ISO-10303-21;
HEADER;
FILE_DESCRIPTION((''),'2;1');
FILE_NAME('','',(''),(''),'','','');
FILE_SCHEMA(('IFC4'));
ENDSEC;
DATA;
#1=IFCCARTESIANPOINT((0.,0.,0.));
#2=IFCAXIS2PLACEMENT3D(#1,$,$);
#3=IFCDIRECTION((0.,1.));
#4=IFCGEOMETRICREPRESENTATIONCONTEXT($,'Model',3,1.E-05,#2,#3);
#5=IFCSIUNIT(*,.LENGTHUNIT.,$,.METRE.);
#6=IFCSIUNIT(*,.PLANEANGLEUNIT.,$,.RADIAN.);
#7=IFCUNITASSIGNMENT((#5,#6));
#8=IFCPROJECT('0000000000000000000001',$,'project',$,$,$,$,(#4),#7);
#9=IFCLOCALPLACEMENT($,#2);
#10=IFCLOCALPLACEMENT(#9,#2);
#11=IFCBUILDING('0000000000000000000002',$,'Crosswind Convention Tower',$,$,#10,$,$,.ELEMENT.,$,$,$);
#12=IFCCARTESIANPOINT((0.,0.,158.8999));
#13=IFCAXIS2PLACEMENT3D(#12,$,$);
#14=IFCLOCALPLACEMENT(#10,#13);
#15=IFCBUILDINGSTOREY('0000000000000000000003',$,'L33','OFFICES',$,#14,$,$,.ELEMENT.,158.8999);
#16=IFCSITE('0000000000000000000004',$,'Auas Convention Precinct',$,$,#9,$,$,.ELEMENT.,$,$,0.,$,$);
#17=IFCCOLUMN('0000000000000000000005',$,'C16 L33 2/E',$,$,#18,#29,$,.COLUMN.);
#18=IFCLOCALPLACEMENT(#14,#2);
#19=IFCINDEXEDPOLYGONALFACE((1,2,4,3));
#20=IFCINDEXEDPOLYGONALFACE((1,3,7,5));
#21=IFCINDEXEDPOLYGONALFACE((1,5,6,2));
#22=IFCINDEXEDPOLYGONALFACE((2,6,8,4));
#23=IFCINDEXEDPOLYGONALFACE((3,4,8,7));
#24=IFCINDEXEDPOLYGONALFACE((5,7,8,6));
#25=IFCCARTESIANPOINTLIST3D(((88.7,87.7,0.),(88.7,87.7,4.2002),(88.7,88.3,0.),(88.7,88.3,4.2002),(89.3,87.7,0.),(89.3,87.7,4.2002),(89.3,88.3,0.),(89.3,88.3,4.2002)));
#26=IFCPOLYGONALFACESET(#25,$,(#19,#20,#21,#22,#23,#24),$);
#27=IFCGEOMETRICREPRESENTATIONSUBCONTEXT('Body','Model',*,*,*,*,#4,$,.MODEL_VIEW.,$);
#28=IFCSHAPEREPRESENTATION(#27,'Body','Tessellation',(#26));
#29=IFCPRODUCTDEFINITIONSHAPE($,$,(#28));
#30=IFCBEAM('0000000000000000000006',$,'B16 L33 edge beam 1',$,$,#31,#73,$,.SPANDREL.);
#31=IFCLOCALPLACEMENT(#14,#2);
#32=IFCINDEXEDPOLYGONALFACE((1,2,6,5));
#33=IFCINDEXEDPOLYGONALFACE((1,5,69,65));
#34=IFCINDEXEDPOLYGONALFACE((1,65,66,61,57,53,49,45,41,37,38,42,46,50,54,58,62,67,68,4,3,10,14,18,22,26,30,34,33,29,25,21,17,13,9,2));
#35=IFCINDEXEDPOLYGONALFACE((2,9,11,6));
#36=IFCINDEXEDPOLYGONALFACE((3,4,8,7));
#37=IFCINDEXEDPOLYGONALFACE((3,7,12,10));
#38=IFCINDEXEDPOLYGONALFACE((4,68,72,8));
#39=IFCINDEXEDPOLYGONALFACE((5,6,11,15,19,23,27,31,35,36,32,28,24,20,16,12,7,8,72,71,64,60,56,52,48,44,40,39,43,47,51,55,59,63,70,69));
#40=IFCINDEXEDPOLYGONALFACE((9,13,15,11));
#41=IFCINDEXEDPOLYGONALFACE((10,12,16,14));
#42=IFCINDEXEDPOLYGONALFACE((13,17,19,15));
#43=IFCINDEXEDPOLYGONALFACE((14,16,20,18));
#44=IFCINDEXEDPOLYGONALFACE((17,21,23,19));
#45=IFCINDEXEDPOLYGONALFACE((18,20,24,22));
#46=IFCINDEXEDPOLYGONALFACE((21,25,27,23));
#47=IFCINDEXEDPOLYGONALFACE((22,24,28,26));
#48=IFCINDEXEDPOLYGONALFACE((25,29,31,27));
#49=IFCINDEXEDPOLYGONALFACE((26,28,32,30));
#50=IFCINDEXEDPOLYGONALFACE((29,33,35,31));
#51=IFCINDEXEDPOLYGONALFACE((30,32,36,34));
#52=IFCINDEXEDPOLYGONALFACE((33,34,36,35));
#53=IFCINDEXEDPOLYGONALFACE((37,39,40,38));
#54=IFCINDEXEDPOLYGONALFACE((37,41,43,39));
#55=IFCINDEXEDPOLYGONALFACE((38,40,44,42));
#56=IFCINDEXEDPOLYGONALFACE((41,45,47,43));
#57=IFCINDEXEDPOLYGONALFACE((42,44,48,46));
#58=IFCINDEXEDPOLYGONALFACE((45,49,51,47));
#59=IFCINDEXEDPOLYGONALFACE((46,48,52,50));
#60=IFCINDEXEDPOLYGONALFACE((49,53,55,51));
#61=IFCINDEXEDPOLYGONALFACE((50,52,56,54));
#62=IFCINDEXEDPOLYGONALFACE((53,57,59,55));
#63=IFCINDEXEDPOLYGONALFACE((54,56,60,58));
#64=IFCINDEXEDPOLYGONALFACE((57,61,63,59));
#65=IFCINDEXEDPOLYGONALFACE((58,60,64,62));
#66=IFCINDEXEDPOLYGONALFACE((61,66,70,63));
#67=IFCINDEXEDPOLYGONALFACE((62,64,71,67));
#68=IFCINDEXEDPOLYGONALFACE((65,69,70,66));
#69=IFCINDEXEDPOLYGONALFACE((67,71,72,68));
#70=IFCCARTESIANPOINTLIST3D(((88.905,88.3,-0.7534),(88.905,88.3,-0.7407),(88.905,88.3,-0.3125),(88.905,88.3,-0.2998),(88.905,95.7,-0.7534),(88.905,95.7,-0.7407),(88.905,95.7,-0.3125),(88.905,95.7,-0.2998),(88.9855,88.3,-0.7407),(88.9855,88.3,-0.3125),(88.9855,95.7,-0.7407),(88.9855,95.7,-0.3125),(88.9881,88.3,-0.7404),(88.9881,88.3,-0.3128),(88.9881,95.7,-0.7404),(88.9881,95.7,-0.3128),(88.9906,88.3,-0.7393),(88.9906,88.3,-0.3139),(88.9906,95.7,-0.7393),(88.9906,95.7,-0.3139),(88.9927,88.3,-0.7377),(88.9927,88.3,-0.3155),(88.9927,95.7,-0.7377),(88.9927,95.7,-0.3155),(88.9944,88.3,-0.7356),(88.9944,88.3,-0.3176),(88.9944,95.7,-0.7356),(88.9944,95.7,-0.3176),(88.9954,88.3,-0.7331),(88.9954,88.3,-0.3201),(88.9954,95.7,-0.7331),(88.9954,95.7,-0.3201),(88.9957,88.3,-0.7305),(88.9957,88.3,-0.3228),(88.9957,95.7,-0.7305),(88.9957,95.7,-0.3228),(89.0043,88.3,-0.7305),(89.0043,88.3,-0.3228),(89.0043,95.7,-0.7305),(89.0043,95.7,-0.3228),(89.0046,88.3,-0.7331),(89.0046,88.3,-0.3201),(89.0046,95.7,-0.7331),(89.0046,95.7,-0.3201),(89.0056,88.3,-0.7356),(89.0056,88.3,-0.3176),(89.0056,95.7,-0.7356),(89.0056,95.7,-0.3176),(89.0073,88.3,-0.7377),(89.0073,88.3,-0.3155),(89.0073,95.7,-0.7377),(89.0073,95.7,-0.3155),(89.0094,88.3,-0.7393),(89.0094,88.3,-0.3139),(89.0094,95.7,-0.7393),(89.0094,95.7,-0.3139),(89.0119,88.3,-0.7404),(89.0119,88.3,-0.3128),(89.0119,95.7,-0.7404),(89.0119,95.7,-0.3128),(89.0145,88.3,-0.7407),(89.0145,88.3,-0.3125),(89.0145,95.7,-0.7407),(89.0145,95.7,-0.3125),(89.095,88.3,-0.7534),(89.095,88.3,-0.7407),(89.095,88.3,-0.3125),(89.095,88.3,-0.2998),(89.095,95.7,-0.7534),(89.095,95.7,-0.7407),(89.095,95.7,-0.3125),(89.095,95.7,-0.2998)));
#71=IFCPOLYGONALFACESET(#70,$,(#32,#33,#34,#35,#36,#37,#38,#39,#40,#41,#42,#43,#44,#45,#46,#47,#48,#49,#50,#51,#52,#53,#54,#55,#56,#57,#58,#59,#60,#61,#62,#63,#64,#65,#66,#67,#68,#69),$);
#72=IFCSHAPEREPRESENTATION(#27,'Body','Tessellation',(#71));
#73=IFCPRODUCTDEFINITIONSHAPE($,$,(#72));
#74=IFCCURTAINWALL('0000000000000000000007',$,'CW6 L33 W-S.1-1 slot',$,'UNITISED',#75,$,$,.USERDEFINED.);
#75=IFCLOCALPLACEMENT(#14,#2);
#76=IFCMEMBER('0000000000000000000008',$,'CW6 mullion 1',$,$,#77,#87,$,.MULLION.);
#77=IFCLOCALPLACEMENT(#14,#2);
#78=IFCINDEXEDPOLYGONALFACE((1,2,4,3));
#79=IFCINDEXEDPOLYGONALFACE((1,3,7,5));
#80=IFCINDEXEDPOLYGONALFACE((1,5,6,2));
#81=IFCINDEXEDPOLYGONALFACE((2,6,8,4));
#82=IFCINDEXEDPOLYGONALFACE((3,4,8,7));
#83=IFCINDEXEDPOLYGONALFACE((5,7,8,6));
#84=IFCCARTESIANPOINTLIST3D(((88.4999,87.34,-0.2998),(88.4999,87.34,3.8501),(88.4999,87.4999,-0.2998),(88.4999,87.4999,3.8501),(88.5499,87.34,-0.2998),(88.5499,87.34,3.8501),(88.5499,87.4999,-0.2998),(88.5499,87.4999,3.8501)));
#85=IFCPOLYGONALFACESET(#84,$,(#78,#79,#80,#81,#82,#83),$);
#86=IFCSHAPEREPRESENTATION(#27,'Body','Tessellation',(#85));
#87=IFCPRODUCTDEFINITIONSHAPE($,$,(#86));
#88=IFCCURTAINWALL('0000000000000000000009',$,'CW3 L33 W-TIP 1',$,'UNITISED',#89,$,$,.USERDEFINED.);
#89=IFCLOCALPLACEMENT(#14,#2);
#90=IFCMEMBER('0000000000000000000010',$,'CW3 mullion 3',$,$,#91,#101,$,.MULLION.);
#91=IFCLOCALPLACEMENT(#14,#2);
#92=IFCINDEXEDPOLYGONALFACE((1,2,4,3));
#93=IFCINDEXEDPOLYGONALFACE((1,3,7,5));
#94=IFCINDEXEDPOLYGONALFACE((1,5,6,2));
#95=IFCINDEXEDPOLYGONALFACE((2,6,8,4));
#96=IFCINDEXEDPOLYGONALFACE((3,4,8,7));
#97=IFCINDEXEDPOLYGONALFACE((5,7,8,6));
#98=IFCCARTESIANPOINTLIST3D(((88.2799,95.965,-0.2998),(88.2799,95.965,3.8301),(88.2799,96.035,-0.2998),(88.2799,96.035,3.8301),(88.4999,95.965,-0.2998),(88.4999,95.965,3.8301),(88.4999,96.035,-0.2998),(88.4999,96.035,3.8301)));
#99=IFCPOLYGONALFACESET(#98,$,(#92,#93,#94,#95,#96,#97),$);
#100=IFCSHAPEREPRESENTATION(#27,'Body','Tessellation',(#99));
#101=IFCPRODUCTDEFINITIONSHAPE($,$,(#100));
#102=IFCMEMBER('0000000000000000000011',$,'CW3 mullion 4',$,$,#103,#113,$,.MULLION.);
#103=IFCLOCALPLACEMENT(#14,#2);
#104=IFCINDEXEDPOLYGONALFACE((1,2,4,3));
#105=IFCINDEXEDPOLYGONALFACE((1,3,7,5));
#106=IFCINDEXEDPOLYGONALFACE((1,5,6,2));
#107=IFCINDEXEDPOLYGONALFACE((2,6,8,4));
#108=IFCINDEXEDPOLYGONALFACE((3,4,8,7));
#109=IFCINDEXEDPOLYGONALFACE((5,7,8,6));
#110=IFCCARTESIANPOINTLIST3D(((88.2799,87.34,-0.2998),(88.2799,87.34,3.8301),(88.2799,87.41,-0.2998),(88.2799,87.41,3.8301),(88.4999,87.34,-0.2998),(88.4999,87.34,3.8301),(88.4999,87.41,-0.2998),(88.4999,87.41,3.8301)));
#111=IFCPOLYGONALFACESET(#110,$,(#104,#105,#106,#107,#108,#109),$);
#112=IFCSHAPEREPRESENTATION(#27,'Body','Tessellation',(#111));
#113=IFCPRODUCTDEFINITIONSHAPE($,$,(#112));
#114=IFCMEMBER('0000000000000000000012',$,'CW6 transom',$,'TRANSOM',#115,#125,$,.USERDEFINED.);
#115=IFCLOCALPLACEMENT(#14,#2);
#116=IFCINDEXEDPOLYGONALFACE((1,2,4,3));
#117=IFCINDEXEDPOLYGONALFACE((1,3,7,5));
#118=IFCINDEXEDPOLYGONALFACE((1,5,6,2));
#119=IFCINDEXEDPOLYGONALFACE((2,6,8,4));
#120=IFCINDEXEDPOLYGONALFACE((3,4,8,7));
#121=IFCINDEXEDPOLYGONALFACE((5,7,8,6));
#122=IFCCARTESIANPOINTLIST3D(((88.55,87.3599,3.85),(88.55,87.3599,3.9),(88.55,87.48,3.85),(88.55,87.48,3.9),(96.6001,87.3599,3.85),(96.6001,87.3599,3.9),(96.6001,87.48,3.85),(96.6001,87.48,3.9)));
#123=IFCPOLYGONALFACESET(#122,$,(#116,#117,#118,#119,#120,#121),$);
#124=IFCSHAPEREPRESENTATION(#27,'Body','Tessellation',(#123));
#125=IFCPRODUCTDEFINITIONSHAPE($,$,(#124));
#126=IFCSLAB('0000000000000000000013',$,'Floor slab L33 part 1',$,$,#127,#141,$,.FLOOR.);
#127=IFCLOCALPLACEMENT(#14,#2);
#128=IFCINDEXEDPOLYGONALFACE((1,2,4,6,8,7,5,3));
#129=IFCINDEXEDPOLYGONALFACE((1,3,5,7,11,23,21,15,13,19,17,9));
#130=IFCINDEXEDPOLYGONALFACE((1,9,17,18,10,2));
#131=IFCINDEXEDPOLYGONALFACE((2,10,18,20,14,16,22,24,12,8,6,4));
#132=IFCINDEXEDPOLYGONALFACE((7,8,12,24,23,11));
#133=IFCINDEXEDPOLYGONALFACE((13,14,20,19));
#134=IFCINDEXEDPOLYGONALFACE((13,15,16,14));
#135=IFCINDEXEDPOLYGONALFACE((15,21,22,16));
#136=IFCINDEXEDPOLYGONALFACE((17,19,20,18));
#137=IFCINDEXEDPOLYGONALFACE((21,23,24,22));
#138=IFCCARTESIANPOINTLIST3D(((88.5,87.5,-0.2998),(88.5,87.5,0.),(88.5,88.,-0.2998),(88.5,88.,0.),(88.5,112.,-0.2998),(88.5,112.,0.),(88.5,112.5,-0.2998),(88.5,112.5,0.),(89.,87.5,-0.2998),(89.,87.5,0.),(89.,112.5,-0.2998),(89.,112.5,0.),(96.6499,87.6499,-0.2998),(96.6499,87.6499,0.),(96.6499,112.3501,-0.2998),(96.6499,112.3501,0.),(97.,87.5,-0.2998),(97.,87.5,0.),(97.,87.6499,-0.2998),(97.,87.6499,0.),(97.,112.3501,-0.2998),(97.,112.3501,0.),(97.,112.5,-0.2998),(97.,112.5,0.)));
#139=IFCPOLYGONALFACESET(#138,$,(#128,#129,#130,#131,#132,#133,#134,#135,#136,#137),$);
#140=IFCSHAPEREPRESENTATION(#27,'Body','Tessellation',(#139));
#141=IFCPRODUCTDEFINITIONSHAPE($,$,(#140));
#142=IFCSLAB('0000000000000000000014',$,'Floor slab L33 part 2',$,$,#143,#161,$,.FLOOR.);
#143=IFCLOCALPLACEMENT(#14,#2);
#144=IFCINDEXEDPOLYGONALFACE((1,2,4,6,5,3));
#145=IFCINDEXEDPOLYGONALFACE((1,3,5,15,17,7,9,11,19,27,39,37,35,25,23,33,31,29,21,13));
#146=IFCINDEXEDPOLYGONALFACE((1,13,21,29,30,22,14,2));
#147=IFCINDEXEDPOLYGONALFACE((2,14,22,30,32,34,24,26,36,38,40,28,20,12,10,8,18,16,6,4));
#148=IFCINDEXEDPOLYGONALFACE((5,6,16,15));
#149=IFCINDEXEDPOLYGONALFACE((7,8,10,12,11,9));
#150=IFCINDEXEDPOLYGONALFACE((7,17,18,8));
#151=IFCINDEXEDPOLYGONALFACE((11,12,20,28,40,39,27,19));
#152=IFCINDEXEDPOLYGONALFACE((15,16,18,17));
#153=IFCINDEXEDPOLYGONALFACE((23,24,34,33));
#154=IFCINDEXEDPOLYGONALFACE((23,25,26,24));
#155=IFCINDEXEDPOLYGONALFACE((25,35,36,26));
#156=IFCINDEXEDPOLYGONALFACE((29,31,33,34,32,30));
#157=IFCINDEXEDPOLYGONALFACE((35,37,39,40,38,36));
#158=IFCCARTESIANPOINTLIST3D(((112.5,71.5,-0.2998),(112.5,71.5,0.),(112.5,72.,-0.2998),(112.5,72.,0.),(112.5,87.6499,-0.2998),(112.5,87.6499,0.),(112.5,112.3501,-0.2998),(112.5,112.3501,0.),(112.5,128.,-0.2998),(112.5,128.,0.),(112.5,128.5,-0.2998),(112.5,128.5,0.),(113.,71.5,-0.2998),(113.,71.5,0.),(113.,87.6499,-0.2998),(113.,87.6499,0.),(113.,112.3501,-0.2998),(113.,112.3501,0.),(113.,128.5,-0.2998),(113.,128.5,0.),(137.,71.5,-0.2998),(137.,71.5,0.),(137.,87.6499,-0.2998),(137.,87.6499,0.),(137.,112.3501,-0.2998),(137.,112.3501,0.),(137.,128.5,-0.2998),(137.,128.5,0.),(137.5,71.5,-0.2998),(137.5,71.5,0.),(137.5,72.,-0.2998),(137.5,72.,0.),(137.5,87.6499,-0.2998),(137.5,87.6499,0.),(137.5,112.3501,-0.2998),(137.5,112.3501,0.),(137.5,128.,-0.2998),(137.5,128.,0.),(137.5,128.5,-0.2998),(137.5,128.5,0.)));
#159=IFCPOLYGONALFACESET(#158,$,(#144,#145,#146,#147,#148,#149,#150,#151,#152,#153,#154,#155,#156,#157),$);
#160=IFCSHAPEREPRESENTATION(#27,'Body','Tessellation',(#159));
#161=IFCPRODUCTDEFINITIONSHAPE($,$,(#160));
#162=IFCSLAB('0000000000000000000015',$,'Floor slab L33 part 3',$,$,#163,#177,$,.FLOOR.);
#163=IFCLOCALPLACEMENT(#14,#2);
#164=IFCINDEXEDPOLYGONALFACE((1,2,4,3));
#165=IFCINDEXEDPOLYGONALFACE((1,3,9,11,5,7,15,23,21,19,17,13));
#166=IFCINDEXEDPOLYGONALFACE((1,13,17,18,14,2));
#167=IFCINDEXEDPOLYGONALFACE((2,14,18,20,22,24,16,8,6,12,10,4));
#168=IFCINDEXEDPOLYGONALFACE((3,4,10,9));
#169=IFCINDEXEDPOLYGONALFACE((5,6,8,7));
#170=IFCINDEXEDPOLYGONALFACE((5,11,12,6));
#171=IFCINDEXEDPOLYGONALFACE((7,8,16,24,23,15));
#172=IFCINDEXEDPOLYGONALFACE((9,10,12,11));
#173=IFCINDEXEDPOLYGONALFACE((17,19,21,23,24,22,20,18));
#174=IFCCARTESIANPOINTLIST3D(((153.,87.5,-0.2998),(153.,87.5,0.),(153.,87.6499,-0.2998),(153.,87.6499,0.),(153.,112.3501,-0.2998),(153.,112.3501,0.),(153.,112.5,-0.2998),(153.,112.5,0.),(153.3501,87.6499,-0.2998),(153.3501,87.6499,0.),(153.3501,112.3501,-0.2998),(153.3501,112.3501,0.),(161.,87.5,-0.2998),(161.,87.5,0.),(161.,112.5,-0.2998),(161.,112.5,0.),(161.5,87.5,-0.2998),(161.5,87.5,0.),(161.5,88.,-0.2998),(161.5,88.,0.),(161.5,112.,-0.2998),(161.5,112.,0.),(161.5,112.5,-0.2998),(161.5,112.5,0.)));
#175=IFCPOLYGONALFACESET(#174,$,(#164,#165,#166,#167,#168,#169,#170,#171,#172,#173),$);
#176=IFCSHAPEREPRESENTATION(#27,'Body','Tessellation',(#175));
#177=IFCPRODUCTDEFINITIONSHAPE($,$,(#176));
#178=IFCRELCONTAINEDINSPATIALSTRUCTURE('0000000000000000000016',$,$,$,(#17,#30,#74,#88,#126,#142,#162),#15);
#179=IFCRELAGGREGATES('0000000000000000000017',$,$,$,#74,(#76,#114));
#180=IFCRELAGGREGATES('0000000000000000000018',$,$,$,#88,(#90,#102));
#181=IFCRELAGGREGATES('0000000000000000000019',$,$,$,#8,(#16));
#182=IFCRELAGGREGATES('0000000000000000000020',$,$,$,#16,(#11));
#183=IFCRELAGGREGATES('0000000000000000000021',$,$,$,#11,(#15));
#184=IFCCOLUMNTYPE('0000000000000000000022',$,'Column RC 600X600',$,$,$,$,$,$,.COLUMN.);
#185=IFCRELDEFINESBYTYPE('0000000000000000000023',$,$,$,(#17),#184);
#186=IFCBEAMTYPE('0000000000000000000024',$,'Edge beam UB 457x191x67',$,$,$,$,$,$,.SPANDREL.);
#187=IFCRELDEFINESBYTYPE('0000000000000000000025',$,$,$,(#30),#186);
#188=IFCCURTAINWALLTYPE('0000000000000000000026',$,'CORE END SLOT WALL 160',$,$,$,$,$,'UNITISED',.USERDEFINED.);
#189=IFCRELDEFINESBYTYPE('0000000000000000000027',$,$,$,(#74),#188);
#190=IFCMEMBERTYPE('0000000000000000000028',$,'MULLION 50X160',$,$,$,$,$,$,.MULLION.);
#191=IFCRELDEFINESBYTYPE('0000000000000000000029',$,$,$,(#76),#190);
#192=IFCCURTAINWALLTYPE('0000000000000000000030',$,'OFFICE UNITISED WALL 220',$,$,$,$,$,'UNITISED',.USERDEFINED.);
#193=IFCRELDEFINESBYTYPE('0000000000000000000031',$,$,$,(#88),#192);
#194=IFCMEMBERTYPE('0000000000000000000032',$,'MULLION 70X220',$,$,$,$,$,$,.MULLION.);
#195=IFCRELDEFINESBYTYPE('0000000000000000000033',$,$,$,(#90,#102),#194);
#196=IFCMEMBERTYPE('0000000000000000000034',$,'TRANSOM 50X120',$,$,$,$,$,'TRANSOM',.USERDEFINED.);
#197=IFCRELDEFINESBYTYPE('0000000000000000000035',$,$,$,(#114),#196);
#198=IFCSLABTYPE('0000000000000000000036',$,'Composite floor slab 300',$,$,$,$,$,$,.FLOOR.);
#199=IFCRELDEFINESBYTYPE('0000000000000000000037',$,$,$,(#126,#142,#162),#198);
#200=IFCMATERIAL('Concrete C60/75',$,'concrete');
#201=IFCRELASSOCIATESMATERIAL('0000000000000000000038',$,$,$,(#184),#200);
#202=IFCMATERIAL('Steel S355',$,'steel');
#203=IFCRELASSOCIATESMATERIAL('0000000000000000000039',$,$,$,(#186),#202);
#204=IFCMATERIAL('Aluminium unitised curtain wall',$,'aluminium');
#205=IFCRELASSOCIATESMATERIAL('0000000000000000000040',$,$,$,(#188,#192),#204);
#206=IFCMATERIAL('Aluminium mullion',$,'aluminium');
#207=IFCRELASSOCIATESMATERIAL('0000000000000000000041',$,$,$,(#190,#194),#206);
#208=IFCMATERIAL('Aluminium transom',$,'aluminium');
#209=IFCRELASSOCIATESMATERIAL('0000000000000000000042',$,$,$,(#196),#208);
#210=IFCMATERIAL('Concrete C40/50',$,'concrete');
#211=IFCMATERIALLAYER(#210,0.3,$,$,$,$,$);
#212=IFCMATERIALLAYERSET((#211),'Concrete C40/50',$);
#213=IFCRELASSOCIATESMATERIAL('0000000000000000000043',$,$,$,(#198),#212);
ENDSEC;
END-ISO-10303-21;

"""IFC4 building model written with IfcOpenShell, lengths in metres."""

from ifc_helpers import new_model, si_unit, direction, frame, origin, origin_2d, place, context, subcontext, project, spatial, polyline, rectangle, i_section, outline, extrude, material, layer, layer_set, material_profile, profile_set, type_object, element, aggregate, save


model = new_model("IFC4")

# Units and contexts
model_context = context("Model", 3, precision=1e-05, world=origin(), true_north=direction((0.0, 1.0)))
body_context = subcontext(model_context, "Body", "Model", "MODEL_VIEW")
ifc_project = project(units=[si_unit("LENGTHUNIT", "METRE"), si_unit("PLANEANGLEUNIT", "RADIAN")], contexts=[model_context])

# Site, building, storey
site_placement = place(None, origin())
site = spatial("IfcSite", under=ifc_project, at=site_placement, Name="Auas Convention Precinct", CompositionType="ELEMENT", RefElevation=0.0)
building_placement = place(site_placement, origin())
building = spatial("IfcBuilding", under=site, at=building_placement, Name="Crosswind Convention Tower", CompositionType="ELEMENT")
storey_placement = place(building_placement, frame((0.0, 0.0, 158.8999)))
storey = spatial("IfcBuildingStorey", under=building, at=storey_placement, Name="L33", Description="OFFICES", CompositionType="ELEMENT", Elevation=158.8999)

# Column
ifc_material_1 = material(Name="Concrete C60/75", Category="concrete")
ifc_material_profile_1 = material_profile(ifc_material_1, rectangle(XDim=0.6001, YDim=0.6001, at=origin_2d()), Name="RC 600X600")
ifc_profile_set_1 = profile_set([ifc_material_profile_1], Name="Concrete C60/75")
column_type = type_object("IfcColumnType", Name="Column RC 600X600", PredefinedType="COLUMN", material=ifc_profile_set_1)
column_placement = place(storey_placement, frame((89.0, 88.0, 0.0), z_axis=(0.0, 0.0, 1.0), x_axis=(1.0, 0.0, 0.0)))
element("IfcColumn", 1, at=column_placement, inside=storey, type_object=column_type, Name="C16 L33 2/E", PredefinedType="COLUMN", context=body_context, shape_type="SweptSolid", body=[
    extrude(rectangle(XDim=0.6001, YDim=0.6001, at=origin_2d()), origin(), (0.0, 0.0, 1.0), 4.2002),
])

# Beam
ifc_material_2 = material(Name="Steel S355", Category="steel")
ifc_material_profile_2 = material_profile(ifc_material_2, i_section(OverallWidth=0.1899, OverallDepth=0.4536, WebThickness=0.0085, FlangeThickness=0.0127, FilletRadius=0.0103, at=origin_2d()), Name="UB 457x191x67")
ifc_profile_set_2 = profile_set([ifc_material_profile_2], Name="Steel S355")
beam_type = type_object("IfcBeamType", Name="Edge beam UB 457x191x67", PredefinedType="SPANDREL", material=ifc_profile_set_2)
beam_placement = place(storey_placement, frame((89.0, 88.3, -0.5266), z_axis=(0.0, 1.0, 0.0), x_axis=(-1.0, 0.0, 0.0)))
element("IfcBeam", 2, at=beam_placement, inside=storey, type_object=beam_type, Name="B16 L33 edge beam 1", PredefinedType="SPANDREL", context=body_context, shape_type="SweptSolid", body=[
    extrude(i_section(OverallWidth=0.1899, OverallDepth=0.4536, WebThickness=0.0085, FlangeThickness=0.0127, FilletRadius=0.0103, at=origin_2d()), origin(), (0.0, 0.0, 1.0), 7.3999),
])

# Curtain wall, member
ifc_material_3 = material(Name="Aluminium unitised curtain wall", Category="aluminium")
curtain_wall_type_1 = type_object("IfcCurtainWallType", Name="CORE END SLOT WALL 160", ElementType="UNITISED", PredefinedType="USERDEFINED", material=ifc_material_3)
curtain_wall_1_placement = place(storey_placement, origin())
curtain_wall_1 = element("IfcCurtainWall", 3, at=curtain_wall_1_placement, inside=storey, type_object=curtain_wall_type_1, Name="CW6 L33 W-S.1-1 slot", ObjectType="UNITISED", PredefinedType="USERDEFINED")
ifc_material_4 = material(Name="Aluminium mullion", Category="aluminium")
ifc_material_profile_3 = material_profile(ifc_material_4, rectangle(XDim=0.1599, YDim=0.05, at=origin_2d()), Name="AL 160X50")
ifc_profile_set_3 = profile_set([ifc_material_profile_3], Name="Aluminium mullion")
member_type_1 = type_object("IfcMemberType", Name="MULLION 50X160", PredefinedType="MULLION", material=ifc_profile_set_3)
member_1_placement = place(storey_placement, frame((88.5249, 87.4199, -0.2998), z_axis=(0.0, 0.0, 1.0), x_axis=(0.0, -1.0, 0.0)))
member_1 = element("IfcMember", 4, at=member_1_placement, type_object=member_type_1, Name="CW6 mullion 1", PredefinedType="MULLION", context=body_context, shape_type="SweptSolid", body=[
    extrude(rectangle(XDim=0.1599, YDim=0.05, at=origin_2d()), origin(), (0.0, 0.0, 1.0), 4.1499),
])

# Curtain wall, members
curtain_wall_type_2 = type_object("IfcCurtainWallType", Name="OFFICE UNITISED WALL 220", ElementType="UNITISED", PredefinedType="USERDEFINED", material=ifc_material_3)
curtain_wall_2_placement = place(storey_placement, origin())
curtain_wall_2 = element("IfcCurtainWall", 5, at=curtain_wall_2_placement, inside=storey, type_object=curtain_wall_type_2, Name="CW3 L33 W-TIP 1", ObjectType="UNITISED", PredefinedType="USERDEFINED")
ifc_material_profile_4 = material_profile(ifc_material_4, rectangle(XDim=0.22, YDim=0.0701, at=origin_2d()), Name="AL 220X70")
ifc_profile_set_4 = profile_set([ifc_material_profile_4], Name="Aluminium mullion")
member_type_2 = type_object("IfcMemberType", Name="MULLION 70X220", PredefinedType="MULLION", material=ifc_profile_set_4)
member_2_placement = place(storey_placement, frame((88.3899, 96.0, -0.2998), z_axis=(0.0, 0.0, 1.0), x_axis=(-1.0, 0.0, 0.0)))
member_2 = element("IfcMember", 6, at=member_2_placement, type_object=member_type_2, Name="CW3 mullion 3", PredefinedType="MULLION", context=body_context, shape_type="SweptSolid", body=[
    extrude(rectangle(XDim=0.22, YDim=0.0701, at=origin_2d()), origin(), (0.0, 0.0, 1.0), 4.1299),
])
member_3_placement = place(storey_placement, frame((88.3899, 87.375, -0.2998), z_axis=(0.0, 0.0, 1.0), x_axis=(-1.0, 0.0, 0.0)))
member_3 = element("IfcMember", 7, at=member_3_placement, type_object=member_type_2, Name="CW3 mullion 4", PredefinedType="MULLION", context=body_context, shape_type="SweptSolid", body=[
    extrude(rectangle(XDim=0.22, YDim=0.0701, at=origin_2d()), origin(), (0.0, 0.0, 1.0), 4.1299),
])

# Member
ifc_material_5 = material(Name="Aluminium transom", Category="aluminium")
ifc_material_profile_5 = material_profile(ifc_material_5, rectangle(XDim=0.1201, YDim=0.05, at=origin_2d()), Name="AL 120X50")
ifc_profile_set_5 = profile_set([ifc_material_profile_5], Name="Aluminium transom")
member_type_3 = type_object("IfcMemberType", Name="TRANSOM 50X120", ElementType="TRANSOM", PredefinedType="USERDEFINED", material=ifc_profile_set_5)
member_4_placement = place(storey_placement, frame((88.55, 87.4199, 3.875), z_axis=(1.0, 0.0, 0.0), x_axis=(0.0, 1.0, 0.0)))
member_4 = element("IfcMember", 8, at=member_4_placement, type_object=member_type_3, Name="CW6 transom", ObjectType="TRANSOM", PredefinedType="USERDEFINED", context=body_context, shape_type="SweptSolid", body=[
    extrude(rectangle(XDim=0.1201, YDim=0.05, at=origin_2d()), origin(), (0.0, 0.0, 1.0), 8.05),
])

# Slabs
ifc_material_6 = material(Name="Concrete C40/50", Category="concrete")
ifc_layer_1 = layer(ifc_material_6, 0.3)
ifc_layer_set_1 = layer_set([ifc_layer_1], Name="Concrete C40/50")
slab_type_1 = type_object("IfcSlabType", Name="Composite floor slab 300", PredefinedType="FLOOR", material=ifc_layer_set_1)
slab_1_placement = place(storey_placement, frame((0.0, 0.0, -0.2998)))
element("IfcSlab", 9, at=slab_1_placement, inside=storey, type_object=slab_type_1, Name="Floor slab L33 part 1", PredefinedType="FLOOR", context=body_context, shape_type="SweptSolid", body=[
    extrude(outline(polyline([(97.0, 87.5), (89.0, 87.5), (88.5, 87.5), (88.5, 88.0), (88.5, 112.0), (88.5, 112.5), (89.0, 112.5), (97.0, 112.5), (97.0, 112.3501), (96.6499, 112.3501), (96.6499, 87.6499), (97.0, 87.6499), (97.0, 87.5)])), origin(), (0.0, 0.0, 1.0), 0.2998),
])
slab_2_placement = place(storey_placement, frame((0.0, 0.0, -0.2998)))
element("IfcSlab", 10, at=slab_2_placement, inside=storey, type_object=slab_type_1, Name="Floor slab L33 part 2", PredefinedType="FLOOR", context=body_context, shape_type="SweptSolid", body=[
    extrude(outline(polyline([(112.5, 87.6499), (113.0, 87.6499), (113.0, 112.3501), (112.5, 112.3501), (112.5, 128.0), (112.5, 128.5), (113.0, 128.5), (137.0, 128.5), (137.5, 128.5), (137.5, 128.0), (137.5, 112.3501), (137.0, 112.3501), (137.0, 87.6499), (137.5, 87.6499), (137.5, 72.0), (137.5, 71.5), (137.0, 71.5), (113.0, 71.5), (112.5, 71.5), (112.5, 72.0), (112.5, 87.6499)])), origin(), (0.0, 0.0, 1.0), 0.2998),
])
slab_3_placement = place(storey_placement, frame((0.0, 0.0, -0.2998)))
element("IfcSlab", 11, at=slab_3_placement, inside=storey, type_object=slab_type_1, Name="Floor slab L33 part 3", PredefinedType="FLOOR", context=body_context, shape_type="SweptSolid", body=[
    extrude(outline(polyline([(153.0, 112.5), (161.0, 112.5), (161.5, 112.5), (161.5, 112.0), (161.5, 88.0), (161.5, 87.5), (161.0, 87.5), (153.0, 87.5), (153.0, 87.6499), (153.3501, 87.6499), (153.3501, 112.3501), (153.0, 112.3501), (153.0, 112.5)])), origin(), (0.0, 0.0, 1.0), 0.2998),
])

aggregate(curtain_wall_1, [member_1, member_4])
aggregate(curtain_wall_2, [member_2, member_3])

save(model, "model.ifc")
